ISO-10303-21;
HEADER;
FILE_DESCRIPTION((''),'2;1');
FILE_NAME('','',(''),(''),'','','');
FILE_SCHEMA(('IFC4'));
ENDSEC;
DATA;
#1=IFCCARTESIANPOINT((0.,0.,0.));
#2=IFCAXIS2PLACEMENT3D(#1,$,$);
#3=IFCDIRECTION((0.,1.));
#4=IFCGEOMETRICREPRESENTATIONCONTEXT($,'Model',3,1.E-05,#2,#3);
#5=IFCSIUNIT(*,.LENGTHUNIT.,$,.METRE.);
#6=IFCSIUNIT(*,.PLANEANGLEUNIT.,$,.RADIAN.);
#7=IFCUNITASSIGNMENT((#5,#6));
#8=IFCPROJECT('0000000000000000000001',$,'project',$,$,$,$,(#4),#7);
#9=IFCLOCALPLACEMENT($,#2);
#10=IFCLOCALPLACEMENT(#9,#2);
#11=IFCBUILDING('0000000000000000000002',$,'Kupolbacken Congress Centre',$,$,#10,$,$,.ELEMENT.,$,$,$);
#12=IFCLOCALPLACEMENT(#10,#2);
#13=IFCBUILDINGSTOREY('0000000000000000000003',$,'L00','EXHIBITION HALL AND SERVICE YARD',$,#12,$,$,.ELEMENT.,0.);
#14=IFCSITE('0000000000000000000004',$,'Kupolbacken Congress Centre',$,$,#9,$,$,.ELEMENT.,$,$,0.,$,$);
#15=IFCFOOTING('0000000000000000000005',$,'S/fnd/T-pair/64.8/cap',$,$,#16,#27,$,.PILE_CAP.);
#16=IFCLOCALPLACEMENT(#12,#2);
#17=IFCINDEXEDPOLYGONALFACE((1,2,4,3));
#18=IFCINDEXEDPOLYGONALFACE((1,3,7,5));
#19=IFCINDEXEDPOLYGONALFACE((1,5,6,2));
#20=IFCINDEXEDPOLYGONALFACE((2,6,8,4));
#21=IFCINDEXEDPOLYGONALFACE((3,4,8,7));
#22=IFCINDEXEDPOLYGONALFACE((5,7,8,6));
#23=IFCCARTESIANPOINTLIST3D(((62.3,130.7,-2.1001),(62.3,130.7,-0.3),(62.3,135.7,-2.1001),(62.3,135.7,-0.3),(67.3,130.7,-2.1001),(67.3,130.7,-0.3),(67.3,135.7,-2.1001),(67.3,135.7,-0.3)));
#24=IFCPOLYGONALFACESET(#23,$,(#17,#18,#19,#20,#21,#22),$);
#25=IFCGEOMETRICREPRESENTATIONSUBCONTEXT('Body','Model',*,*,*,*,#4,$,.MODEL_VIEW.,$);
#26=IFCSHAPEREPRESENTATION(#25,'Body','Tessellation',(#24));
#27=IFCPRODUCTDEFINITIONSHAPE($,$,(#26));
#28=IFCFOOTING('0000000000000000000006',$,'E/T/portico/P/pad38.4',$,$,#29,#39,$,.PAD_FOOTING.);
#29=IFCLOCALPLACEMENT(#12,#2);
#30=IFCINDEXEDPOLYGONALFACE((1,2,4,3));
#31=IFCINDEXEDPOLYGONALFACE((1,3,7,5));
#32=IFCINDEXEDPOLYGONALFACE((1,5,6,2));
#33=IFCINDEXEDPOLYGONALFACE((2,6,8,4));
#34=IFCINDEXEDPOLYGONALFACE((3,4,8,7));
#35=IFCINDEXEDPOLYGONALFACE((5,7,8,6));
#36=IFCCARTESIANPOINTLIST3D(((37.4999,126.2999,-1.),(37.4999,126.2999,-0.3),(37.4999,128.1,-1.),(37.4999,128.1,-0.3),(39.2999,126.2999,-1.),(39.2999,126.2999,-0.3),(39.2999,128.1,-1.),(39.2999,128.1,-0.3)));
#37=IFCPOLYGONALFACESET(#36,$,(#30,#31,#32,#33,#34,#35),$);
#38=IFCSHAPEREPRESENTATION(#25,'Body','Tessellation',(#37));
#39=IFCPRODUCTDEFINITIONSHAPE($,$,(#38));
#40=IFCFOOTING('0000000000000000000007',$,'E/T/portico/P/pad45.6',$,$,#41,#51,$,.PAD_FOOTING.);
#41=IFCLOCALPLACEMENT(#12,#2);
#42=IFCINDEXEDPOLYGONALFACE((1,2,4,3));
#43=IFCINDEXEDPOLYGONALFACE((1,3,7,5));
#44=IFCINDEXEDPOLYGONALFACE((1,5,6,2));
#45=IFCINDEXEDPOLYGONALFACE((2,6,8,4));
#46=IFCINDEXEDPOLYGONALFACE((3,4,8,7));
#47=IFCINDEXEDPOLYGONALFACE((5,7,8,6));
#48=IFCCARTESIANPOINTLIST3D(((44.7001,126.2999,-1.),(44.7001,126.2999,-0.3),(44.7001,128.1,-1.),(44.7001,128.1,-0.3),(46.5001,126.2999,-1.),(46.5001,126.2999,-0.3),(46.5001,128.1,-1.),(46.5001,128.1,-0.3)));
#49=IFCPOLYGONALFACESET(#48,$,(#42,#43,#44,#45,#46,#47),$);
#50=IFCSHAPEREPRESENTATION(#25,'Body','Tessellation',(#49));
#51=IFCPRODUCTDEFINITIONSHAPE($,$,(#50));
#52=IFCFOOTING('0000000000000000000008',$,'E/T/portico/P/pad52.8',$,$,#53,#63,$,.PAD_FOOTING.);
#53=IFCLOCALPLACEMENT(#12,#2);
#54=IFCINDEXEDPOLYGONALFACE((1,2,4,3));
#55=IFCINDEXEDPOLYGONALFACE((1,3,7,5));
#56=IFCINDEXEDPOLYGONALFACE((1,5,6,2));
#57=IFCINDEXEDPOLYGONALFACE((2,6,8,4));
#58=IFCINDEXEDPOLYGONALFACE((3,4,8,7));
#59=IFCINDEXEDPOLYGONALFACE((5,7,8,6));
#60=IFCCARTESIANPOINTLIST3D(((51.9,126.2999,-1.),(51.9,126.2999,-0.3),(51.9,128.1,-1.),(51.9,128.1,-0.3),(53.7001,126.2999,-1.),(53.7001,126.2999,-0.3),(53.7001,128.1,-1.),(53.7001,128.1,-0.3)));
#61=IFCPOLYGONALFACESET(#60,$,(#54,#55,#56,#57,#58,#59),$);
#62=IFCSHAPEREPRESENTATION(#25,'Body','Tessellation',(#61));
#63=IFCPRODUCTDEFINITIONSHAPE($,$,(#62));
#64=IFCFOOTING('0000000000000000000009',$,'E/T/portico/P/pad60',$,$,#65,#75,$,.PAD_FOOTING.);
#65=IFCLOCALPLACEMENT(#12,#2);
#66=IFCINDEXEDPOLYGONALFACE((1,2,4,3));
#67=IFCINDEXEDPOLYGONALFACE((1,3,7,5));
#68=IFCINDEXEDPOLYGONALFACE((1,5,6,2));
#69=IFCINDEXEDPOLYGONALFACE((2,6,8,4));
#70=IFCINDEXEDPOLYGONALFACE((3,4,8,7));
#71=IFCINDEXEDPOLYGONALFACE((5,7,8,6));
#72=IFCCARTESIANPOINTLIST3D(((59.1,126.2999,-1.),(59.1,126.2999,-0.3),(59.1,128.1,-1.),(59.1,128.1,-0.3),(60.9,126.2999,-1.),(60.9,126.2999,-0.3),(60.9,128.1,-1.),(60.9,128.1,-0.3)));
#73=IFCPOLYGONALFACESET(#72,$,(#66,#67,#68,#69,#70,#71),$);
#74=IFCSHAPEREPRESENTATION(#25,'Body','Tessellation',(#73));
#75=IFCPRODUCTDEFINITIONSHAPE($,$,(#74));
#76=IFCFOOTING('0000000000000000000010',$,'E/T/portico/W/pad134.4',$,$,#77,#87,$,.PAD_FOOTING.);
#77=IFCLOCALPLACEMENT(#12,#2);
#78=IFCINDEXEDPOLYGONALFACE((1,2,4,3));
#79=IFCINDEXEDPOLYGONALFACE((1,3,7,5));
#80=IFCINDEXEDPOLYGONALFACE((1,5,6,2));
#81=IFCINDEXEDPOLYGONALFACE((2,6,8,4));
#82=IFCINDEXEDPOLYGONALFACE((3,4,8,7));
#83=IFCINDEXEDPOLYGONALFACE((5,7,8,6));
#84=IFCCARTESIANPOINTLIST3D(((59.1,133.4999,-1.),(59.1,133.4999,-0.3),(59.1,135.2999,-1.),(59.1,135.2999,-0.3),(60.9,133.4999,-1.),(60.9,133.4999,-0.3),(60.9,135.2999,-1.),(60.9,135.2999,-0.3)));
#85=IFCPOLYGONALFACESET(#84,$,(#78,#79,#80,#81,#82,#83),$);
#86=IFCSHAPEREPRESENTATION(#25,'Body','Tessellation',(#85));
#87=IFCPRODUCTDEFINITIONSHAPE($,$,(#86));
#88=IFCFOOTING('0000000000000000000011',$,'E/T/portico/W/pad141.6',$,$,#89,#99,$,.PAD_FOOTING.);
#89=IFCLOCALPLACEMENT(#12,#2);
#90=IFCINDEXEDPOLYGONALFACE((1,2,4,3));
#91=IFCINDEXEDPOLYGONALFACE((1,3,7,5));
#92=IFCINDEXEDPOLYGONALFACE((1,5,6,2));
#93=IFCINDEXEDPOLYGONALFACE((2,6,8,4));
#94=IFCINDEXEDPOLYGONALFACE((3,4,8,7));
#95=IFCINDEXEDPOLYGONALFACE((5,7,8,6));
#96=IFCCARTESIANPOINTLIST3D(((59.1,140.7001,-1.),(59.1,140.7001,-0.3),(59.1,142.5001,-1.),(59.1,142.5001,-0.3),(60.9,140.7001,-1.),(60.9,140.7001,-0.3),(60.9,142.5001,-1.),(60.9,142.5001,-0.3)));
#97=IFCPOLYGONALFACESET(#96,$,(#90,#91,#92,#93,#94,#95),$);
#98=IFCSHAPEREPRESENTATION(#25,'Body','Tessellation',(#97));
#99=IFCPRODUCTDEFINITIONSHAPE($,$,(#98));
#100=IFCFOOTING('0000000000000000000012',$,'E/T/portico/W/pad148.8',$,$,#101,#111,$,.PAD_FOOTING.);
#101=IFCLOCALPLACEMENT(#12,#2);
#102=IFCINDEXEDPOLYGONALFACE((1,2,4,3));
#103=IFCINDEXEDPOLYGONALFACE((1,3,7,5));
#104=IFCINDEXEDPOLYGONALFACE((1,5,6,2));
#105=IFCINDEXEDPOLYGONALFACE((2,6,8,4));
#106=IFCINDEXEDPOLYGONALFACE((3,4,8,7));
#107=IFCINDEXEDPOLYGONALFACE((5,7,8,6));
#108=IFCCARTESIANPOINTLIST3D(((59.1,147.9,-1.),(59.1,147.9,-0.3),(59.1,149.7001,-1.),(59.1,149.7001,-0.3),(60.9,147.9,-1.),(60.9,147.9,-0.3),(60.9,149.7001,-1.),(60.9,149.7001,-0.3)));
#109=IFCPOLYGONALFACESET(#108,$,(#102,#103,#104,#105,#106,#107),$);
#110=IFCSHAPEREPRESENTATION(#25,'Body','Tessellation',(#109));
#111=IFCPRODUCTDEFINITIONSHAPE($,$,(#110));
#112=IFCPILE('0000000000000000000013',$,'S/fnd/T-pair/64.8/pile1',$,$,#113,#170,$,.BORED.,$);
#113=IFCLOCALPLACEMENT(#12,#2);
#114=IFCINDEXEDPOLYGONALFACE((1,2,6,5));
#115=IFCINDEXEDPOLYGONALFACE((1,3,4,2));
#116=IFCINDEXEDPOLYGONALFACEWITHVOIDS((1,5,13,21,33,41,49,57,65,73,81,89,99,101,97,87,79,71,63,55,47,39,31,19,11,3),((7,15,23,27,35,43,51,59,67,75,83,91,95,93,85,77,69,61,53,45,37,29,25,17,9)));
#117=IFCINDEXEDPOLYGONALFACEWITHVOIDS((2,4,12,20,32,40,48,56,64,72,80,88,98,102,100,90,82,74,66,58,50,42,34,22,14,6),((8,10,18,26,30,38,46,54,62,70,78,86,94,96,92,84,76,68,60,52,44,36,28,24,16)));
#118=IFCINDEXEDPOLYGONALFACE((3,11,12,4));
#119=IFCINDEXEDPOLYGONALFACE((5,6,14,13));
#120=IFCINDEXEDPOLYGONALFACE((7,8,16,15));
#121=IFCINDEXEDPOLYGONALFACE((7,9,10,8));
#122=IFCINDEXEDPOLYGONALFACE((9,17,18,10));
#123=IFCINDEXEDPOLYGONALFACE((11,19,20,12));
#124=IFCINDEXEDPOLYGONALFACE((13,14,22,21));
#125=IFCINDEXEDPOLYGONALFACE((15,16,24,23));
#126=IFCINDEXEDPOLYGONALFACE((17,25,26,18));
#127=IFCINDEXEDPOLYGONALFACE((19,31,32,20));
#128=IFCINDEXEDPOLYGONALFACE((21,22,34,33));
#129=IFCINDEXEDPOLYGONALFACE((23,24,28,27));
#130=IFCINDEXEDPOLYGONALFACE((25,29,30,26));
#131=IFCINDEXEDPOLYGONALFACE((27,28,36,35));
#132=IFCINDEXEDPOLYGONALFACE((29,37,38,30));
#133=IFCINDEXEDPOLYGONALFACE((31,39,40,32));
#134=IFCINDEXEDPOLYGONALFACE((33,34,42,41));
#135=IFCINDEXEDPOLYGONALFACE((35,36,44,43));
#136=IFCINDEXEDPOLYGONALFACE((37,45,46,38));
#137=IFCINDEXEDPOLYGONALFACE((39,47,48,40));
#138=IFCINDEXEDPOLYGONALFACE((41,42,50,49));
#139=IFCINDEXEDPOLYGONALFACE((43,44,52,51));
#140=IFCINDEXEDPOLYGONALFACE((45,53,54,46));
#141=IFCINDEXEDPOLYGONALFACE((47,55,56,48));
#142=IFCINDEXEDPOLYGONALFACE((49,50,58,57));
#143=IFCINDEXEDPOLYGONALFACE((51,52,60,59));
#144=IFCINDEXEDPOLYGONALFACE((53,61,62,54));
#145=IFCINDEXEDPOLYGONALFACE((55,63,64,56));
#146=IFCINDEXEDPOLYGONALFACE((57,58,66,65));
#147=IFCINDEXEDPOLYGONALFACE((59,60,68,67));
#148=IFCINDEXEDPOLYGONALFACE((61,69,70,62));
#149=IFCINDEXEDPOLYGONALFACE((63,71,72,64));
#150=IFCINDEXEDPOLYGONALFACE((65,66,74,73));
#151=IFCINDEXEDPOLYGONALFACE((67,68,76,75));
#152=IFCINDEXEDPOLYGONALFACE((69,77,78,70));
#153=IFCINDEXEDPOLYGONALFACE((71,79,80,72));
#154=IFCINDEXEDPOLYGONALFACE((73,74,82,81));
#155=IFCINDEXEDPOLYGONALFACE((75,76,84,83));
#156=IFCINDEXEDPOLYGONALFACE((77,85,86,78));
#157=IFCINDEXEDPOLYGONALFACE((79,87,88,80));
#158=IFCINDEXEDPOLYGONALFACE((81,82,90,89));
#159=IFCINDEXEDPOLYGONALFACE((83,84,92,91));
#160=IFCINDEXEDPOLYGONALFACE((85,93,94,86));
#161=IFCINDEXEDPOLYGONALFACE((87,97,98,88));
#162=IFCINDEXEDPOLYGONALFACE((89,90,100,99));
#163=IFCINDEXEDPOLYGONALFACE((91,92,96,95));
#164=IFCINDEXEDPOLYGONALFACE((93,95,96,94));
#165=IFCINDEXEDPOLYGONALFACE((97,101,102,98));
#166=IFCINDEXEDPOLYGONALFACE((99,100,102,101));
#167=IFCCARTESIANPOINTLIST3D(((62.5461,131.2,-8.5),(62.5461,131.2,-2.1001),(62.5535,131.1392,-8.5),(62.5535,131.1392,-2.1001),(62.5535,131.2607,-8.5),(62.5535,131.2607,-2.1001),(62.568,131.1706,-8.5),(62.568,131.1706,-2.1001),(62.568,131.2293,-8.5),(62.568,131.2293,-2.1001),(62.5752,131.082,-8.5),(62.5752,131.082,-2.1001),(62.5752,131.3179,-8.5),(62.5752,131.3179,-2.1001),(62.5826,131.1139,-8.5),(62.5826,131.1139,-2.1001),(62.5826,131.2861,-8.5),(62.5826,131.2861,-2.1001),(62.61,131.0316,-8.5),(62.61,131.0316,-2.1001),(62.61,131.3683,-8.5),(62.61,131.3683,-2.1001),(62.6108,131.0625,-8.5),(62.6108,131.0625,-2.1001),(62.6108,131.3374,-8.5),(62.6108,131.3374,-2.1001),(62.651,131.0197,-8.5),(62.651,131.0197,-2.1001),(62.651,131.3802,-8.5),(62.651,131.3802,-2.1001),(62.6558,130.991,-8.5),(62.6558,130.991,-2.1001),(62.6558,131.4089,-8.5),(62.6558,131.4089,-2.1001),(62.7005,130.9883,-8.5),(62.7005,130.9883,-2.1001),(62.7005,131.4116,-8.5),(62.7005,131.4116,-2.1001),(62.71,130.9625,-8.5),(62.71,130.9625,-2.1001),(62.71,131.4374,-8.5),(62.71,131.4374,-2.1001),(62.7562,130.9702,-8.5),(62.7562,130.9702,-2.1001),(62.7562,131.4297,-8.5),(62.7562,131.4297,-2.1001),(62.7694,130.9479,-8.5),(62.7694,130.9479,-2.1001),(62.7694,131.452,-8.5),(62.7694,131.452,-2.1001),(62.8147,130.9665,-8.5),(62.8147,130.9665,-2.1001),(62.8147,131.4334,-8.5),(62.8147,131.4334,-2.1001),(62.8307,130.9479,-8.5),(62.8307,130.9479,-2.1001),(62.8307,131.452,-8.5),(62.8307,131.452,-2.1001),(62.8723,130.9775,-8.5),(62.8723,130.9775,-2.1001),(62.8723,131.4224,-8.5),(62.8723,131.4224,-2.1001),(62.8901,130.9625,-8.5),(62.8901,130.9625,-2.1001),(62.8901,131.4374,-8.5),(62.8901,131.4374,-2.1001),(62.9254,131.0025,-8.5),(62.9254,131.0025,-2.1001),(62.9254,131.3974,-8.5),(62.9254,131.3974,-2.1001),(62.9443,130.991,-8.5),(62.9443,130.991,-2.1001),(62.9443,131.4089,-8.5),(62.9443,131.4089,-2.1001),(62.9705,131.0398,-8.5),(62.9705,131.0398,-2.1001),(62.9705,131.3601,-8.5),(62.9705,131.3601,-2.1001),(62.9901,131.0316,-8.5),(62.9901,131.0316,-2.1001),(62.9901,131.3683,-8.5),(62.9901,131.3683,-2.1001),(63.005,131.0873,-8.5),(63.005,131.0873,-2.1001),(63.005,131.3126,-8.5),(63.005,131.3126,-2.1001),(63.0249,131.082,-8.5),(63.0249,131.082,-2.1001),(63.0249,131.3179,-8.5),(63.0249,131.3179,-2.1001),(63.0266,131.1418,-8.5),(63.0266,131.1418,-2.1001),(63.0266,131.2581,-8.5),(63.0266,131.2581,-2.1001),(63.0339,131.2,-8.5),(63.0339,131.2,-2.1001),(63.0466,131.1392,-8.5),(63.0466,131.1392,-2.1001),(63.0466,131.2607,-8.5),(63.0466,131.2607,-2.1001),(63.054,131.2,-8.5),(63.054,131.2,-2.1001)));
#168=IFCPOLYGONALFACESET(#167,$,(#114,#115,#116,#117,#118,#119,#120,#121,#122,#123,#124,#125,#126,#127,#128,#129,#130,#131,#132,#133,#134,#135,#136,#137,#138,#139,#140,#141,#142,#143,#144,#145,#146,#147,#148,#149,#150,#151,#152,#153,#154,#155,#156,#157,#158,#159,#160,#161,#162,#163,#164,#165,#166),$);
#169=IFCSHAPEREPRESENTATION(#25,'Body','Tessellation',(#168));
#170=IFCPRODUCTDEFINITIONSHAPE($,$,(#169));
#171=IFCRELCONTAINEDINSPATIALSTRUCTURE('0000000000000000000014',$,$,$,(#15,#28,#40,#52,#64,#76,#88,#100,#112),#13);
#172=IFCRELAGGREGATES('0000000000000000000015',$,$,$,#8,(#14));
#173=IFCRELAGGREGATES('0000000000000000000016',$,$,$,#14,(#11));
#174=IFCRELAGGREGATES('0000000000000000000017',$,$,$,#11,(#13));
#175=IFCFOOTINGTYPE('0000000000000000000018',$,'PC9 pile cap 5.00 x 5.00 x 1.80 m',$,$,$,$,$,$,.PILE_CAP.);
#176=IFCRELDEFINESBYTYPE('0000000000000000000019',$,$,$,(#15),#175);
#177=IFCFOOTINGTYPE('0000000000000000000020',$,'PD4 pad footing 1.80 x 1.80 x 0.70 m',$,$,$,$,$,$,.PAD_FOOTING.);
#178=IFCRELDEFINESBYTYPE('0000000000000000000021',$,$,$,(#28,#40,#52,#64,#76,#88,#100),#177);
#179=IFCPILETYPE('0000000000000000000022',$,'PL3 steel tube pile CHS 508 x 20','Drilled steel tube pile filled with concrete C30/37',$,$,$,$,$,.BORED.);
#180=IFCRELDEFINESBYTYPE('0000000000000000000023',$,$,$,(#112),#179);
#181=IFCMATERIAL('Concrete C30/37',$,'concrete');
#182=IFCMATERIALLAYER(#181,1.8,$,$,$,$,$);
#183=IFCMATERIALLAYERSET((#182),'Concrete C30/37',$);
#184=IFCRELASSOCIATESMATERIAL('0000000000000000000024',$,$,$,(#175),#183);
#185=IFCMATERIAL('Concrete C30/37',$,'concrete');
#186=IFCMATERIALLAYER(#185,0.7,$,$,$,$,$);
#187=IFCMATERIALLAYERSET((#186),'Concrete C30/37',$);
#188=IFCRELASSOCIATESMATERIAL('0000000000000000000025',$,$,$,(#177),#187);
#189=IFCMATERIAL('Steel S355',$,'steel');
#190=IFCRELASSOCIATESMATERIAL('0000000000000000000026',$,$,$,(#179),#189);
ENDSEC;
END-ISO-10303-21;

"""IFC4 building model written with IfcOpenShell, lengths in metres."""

from ifc_helpers import new_model, si_unit, direction, frame, origin, origin_2d, place, context, subcontext, project, spatial, rectangle, hollow_circle, extrude, material, layer, layer_set, material_profile, profile_set, type_object, element, save


model = new_model("IFC4")

# Units and contexts
model_context = context("Model", 3, precision=1e-05, world=origin(), true_north=direction((0.0, 1.0)))
body_context = subcontext(model_context, "Body", "Model", "MODEL_VIEW")
ifc_project = project(units=[si_unit("LENGTHUNIT", "METRE"), si_unit("PLANEANGLEUNIT", "RADIAN")], contexts=[model_context])

# Site, building, storey
site_placement = place(None, origin())
site = spatial("IfcSite", under=ifc_project, at=site_placement, Name="Kupolbacken Congress Centre", CompositionType="ELEMENT", RefElevation=0.0)
building_placement = place(site_placement, origin())
building = spatial("IfcBuilding", under=site, at=building_placement, Name="Kupolbacken Congress Centre", CompositionType="ELEMENT")
storey_placement = place(building_placement, origin())
storey = spatial("IfcBuildingStorey", under=building, at=storey_placement, Name="L00", Description="EXHIBITION HALL AND SERVICE YARD", CompositionType="ELEMENT", Elevation=0.0)

# Footings
ifc_material_1 = material(Name="Concrete C30/37", Category="concrete")
ifc_layer_1 = layer(ifc_material_1, 1.8)
ifc_layer_set_1 = layer_set([ifc_layer_1], Name="Concrete C30/37")
footing_type_1 = type_object("IfcFootingType", Name="PC9 pile cap 5.00 x 5.00 x 1.80 m", PredefinedType="PILE_CAP", material=ifc_layer_set_1)
footing_placement = place(storey_placement, frame((64.8, 133.2, -2.1001), z_axis=(0.0, 0.0, 1.0), x_axis=(1.0, 0.0, 0.0)))
element("IfcFooting", 1, at=footing_placement, inside=storey, type_object=footing_type_1, Name="S/fnd/T-pair/64.8/cap", PredefinedType="PILE_CAP", context=body_context, shape_type="SweptSolid", body=[
    extrude(rectangle(XDim=5.0, YDim=5.0, at=origin_2d()), origin(), (0.0, 0.0, 1.0), 1.8),
])
ifc_material_2 = material(Name="Concrete C30/37", Category="concrete")
ifc_layer_2 = layer(ifc_material_2, 0.7)
ifc_layer_set_2 = layer_set([ifc_layer_2], Name="Concrete C30/37")
footing_type_2 = type_object("IfcFootingType", Name="PD4 pad footing 1.80 x 1.80 x 0.70 m", PredefinedType="PAD_FOOTING", material=ifc_layer_set_2)
for number, where, z_axis, x_axis, name in (
    (2, (38.3999, 127.2, -1.0), (0.0, 0.0, 1.0), (1.0, 0.0, 0.0), "E/T/portico/P/pad38.4"),
    (3, (45.6001, 127.2, -1.0), (0.0, 0.0, 1.0), (1.0, 0.0, 0.0), "E/T/portico/P/pad45.6"),
    (4, (52.8, 127.2, -1.0), (0.0, 0.0, 1.0), (1.0, 0.0, 0.0), "E/T/portico/P/pad52.8"),
    (5, (60.0, 127.2, -1.0), (0.0, 0.0, 1.0), (1.0, 0.0, 0.0), "E/T/portico/P/pad60"),
    (6, (60.0, 134.3999, -1.0), (0.0, 0.0, 1.0), (1.0, 0.0, 0.0), "E/T/portico/W/pad134.4"),
    (7, (60.0, 141.6001, -1.0), (0.0, 0.0, 1.0), (1.0, 0.0, 0.0), "E/T/portico/W/pad141.6"),
    (8, (60.0, 148.8, -1.0), (0.0, 0.0, 1.0), (1.0, 0.0, 0.0), "E/T/portico/W/pad148.8"),
):
    element("IfcFooting", number, at=place(storey_placement, frame(where, z_axis=z_axis, x_axis=x_axis)), inside=storey, type_object=footing_type_2, Name=name, PredefinedType="PAD_FOOTING", context=body_context, shape_type="SweptSolid", body=[
        extrude(rectangle(XDim=1.8, YDim=1.8, at=origin_2d()), origin(), (0.0, 0.0, 1.0), 0.7),
    ])

# Pile
ifc_material_3 = material(Name="Steel S355", Category="steel")
ifc_material_profile_1 = material_profile(ifc_material_3, hollow_circle(Radius=0.2539, WallThickness=0.02, at=origin_2d()), Name="CHS 508 x 20")
ifc_profile_set_1 = profile_set([ifc_material_profile_1], Name="Steel S355")
pile_type = type_object("IfcPileType", Name="PL3 steel tube pile CHS 508 x 20", Description="Drilled steel tube pile filled with concrete C30/37", PredefinedType="BORED", material=ifc_profile_set_1)
for number, where, z_axis, x_axis, name in (
    (9, (62.8, 131.2, -2.1001), (0.0, 0.0, -1.0), (1.0, 0.0, 0.0), "S/fnd/T-pair/64.8/pile1"),
):
    element("IfcPile", number, at=place(storey_placement, frame(where, z_axis=z_axis, x_axis=x_axis)), inside=storey, type_object=pile_type, Name=name, PredefinedType="BORED", context=body_context, shape_type="SweptSolid", body=[
        extrude(hollow_circle(Radius=0.2539, WallThickness=0.02, at=origin_2d()), origin(), (0.0, 0.0, 1.0), 6.3999),
    ])

save(model, "model.ifc")
